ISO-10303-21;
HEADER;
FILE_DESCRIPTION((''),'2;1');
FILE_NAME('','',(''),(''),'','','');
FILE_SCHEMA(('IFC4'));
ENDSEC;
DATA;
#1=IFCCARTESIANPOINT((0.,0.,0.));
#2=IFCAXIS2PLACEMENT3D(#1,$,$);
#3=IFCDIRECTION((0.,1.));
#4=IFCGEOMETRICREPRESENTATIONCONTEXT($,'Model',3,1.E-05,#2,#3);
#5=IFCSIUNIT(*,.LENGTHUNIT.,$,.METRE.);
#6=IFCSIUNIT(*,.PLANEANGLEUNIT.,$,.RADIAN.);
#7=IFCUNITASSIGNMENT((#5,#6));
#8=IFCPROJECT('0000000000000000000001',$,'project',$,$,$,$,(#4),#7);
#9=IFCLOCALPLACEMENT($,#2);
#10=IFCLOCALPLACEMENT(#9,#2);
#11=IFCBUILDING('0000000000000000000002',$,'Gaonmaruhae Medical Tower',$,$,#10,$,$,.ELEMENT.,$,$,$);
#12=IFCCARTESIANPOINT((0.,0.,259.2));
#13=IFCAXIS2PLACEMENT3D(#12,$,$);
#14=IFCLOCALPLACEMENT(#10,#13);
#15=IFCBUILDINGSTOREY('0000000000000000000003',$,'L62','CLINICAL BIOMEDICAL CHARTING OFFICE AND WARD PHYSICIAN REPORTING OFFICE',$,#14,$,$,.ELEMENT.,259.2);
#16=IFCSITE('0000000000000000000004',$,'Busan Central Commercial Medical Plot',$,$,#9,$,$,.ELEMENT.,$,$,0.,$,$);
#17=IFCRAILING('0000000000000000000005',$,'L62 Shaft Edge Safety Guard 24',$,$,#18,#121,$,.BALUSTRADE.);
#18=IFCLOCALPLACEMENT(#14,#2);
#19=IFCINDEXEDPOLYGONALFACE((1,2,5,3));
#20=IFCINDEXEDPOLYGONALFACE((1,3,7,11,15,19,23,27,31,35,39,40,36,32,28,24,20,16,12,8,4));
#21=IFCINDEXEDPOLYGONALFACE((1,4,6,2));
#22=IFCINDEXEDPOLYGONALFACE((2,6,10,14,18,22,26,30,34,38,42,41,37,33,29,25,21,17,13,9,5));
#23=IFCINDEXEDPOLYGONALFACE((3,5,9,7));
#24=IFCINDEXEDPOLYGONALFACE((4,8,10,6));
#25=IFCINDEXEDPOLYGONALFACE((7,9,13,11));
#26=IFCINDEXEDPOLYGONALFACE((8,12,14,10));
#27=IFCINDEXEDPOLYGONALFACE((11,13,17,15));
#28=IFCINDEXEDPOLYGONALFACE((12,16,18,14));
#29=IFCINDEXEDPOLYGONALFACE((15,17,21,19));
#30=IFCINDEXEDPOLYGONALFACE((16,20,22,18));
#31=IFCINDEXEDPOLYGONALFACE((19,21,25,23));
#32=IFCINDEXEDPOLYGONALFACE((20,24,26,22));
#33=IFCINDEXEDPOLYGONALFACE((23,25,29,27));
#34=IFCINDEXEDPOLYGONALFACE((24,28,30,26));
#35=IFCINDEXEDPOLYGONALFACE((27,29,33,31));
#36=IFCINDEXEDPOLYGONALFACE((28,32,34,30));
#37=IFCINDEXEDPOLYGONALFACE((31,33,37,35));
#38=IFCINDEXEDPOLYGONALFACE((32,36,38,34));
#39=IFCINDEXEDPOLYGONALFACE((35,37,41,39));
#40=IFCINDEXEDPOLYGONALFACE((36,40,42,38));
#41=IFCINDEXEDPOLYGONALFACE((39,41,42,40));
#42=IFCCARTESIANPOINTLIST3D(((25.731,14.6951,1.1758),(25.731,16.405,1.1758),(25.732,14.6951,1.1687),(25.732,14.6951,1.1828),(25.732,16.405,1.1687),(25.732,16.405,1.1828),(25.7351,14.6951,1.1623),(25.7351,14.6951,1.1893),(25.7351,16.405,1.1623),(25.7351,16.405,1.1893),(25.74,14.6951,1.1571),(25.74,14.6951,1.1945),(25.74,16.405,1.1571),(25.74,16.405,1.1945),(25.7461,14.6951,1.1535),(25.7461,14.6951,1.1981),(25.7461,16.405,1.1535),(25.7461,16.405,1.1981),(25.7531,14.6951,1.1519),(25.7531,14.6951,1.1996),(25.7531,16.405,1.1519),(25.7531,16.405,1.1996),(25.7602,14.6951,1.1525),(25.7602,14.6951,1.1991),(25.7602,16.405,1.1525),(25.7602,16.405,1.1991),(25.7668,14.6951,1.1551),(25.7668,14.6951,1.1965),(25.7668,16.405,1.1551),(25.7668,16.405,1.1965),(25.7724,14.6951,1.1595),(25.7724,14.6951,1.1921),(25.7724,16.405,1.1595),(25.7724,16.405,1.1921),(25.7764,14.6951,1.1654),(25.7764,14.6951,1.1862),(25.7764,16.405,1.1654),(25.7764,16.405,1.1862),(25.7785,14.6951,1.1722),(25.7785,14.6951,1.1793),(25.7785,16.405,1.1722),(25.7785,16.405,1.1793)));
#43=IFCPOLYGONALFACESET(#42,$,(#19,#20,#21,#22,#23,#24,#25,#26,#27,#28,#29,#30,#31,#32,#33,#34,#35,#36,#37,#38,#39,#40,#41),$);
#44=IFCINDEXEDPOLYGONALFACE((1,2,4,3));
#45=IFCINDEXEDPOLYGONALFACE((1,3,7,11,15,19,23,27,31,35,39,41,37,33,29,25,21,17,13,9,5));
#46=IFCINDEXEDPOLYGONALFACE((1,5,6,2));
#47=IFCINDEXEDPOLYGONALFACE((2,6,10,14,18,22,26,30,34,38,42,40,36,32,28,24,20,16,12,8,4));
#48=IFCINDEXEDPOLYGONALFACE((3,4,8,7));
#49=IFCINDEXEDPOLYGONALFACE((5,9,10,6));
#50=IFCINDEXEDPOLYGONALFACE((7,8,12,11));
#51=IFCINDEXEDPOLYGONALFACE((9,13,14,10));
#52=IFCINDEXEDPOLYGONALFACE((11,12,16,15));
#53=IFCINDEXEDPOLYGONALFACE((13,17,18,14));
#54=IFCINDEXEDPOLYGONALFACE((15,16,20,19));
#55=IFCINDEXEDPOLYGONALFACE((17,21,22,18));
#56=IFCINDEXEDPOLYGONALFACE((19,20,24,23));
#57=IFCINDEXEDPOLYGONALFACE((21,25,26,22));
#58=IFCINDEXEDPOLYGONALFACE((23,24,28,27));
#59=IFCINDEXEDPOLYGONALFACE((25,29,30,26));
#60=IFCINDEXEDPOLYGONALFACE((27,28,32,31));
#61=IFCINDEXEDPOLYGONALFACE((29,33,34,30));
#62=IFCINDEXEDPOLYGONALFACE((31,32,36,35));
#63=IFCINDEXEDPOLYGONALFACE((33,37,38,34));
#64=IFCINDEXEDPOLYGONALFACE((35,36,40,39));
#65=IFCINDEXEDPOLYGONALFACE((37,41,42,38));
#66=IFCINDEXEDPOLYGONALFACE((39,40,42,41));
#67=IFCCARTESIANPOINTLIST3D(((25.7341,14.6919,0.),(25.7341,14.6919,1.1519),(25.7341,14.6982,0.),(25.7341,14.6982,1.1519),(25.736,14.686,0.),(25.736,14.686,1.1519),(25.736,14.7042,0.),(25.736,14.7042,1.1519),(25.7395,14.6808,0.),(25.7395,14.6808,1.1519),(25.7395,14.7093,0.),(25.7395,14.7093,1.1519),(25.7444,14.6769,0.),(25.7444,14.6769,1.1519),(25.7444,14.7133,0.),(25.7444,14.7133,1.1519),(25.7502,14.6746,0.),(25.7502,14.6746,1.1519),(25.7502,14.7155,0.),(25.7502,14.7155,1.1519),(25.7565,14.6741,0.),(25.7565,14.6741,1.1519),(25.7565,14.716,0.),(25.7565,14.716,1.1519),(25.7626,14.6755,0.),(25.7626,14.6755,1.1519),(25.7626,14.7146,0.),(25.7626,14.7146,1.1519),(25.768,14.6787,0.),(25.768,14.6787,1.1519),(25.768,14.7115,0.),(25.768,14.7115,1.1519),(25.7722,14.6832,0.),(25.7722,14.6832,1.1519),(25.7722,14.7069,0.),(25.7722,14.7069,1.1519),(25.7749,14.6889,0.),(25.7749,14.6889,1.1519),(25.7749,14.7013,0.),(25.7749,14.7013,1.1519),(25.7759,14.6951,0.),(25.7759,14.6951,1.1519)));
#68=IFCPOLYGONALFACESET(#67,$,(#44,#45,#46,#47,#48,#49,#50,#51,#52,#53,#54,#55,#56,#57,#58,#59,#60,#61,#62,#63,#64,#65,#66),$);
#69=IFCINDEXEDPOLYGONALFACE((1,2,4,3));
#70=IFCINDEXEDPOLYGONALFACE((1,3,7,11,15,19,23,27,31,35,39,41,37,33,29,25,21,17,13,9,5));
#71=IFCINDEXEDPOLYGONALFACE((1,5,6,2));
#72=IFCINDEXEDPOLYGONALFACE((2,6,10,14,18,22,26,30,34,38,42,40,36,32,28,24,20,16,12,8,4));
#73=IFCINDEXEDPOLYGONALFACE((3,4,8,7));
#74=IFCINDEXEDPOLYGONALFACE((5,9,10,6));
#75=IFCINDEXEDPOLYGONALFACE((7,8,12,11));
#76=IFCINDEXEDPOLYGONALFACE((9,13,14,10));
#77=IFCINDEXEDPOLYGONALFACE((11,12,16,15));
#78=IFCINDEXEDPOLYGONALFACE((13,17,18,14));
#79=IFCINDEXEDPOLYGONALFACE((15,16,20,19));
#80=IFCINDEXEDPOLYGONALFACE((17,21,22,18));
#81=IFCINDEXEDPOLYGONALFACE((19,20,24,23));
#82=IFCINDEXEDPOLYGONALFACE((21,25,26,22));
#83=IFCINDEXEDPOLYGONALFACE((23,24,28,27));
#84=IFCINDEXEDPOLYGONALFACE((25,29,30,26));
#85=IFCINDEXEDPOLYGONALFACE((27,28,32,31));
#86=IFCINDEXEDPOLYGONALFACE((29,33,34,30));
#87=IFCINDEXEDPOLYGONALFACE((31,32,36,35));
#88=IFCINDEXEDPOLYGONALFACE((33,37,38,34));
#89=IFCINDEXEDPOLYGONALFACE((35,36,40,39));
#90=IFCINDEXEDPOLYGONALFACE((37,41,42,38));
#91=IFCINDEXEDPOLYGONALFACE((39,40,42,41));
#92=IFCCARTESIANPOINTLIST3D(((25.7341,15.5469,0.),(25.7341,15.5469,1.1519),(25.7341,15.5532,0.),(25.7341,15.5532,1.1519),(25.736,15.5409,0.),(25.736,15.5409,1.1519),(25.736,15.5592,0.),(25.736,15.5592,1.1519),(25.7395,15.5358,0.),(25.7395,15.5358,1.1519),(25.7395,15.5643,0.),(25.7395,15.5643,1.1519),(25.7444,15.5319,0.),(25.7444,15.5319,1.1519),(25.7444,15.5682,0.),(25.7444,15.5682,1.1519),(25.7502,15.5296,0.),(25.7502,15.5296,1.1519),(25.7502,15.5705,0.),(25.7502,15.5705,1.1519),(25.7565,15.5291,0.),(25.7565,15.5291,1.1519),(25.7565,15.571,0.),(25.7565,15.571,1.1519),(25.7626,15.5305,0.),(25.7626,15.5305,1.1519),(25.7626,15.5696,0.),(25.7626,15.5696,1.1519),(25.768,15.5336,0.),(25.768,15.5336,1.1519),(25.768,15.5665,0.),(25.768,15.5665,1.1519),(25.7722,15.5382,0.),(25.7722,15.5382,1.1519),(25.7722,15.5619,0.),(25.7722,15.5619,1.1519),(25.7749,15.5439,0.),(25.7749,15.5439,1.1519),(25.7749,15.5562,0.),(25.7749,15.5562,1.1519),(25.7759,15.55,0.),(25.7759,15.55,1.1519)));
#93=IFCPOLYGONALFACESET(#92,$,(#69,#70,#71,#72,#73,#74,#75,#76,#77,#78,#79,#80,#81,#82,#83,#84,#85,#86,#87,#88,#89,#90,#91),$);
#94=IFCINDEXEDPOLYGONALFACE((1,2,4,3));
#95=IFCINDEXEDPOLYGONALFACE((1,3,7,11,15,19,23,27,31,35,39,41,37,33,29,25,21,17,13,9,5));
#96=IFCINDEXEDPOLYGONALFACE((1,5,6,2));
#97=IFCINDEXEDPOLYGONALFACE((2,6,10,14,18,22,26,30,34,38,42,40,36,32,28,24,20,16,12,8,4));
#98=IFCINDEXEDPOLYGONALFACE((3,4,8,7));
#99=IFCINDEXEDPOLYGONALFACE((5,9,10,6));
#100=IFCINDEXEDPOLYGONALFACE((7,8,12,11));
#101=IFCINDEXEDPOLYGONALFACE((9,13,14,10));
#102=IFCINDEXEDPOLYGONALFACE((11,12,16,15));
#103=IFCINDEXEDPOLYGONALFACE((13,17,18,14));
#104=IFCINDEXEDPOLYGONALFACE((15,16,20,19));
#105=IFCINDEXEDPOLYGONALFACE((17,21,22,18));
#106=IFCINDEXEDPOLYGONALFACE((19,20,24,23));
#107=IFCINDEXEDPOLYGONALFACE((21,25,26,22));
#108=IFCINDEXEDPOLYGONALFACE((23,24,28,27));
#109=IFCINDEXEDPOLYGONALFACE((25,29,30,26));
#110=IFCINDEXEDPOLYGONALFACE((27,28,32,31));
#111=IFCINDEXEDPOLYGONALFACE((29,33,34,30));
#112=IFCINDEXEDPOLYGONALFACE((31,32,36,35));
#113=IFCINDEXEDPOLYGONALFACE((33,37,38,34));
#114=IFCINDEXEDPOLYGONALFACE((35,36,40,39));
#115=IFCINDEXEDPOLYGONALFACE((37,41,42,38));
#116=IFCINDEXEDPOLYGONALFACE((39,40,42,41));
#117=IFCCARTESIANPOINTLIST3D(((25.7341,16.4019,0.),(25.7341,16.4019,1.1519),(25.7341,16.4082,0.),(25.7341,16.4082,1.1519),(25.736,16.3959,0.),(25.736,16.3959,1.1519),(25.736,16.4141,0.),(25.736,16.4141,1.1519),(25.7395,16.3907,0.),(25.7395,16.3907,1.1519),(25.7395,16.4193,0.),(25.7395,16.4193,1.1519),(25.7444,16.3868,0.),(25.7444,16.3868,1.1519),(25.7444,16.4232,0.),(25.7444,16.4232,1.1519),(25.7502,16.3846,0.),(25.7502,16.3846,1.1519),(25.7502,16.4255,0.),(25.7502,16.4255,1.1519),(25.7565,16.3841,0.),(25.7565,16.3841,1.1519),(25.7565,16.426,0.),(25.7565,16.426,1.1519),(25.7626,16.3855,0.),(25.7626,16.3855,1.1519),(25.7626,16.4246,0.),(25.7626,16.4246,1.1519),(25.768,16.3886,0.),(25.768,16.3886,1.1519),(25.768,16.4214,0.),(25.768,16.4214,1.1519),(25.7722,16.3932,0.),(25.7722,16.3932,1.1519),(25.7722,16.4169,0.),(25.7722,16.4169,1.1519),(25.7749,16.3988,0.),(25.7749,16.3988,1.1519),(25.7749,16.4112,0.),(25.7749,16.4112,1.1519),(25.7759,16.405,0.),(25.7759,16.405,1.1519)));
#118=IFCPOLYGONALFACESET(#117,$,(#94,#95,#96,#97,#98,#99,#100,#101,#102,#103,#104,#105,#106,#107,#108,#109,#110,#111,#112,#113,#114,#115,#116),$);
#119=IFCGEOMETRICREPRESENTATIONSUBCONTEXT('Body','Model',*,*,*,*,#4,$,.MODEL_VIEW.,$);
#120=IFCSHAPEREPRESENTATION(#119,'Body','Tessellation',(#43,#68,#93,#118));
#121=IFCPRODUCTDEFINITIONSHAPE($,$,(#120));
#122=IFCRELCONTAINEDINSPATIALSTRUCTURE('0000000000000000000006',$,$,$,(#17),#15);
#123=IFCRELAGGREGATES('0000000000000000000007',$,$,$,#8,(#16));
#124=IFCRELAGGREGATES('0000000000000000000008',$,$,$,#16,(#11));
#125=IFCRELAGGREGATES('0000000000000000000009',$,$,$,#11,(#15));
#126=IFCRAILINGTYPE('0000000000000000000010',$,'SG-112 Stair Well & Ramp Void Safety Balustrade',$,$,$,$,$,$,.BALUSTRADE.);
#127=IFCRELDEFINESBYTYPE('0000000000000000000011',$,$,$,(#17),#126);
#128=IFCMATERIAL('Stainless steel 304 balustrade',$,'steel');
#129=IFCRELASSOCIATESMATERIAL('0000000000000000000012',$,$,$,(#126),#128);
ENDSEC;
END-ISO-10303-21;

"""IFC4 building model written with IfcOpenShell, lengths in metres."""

from ifc_helpers import new_model, si_unit, direction, frame, origin, origin_2d, place, context, subcontext, project, spatial, circle, extrude, material, type_object, element, save


model = new_model("IFC4")

# Units and contexts
model_context = context("Model", 3, precision=1e-05, world=origin(), true_north=direction((0.0, 1.0)))
body_context = subcontext(model_context, "Body", "Model", "MODEL_VIEW")
ifc_project = project(units=[si_unit("LENGTHUNIT", "METRE"), si_unit("PLANEANGLEUNIT", "RADIAN")], contexts=[model_context])

# Site, building, storey
site_placement = place(None, origin())
site = spatial("IfcSite", under=ifc_project, at=site_placement, Name="Busan Central Commercial Medical Plot", CompositionType="ELEMENT", RefElevation=0.0)
building_placement = place(site_placement, origin())
building = spatial("IfcBuilding", under=site, at=building_placement, Name="Gaonmaruhae Medical Tower", CompositionType="ELEMENT")
storey_placement = place(building_placement, frame((0.0, 0.0, 259.2)))
storey = spatial("IfcBuildingStorey", under=building, at=storey_placement, Name="L62", Description="CLINICAL BIOMEDICAL CHARTING OFFICE AND WARD PHYSICIAN REPORTING OFFICE", CompositionType="ELEMENT", Elevation=259.2)

# Railing
ifc_material_1 = material(Name="Stainless steel 304 balustrade", Category="steel")
railing_type = type_object("IfcRailingType", Name="SG-112 Stair Well & Ramp Void Safety Balustrade", PredefinedType="BALUSTRADE", material=ifc_material_1)
railing_1_placement = place(storey_placement, frame((25.7549, 14.6951, 0.0)))
element("IfcRailing", 1, at=railing_1_placement, inside=storey, type_object=railing_type, Name="L62 Shaft Edge Safety Guard 24", PredefinedType="BALUSTRADE", context=body_context, shape_type="SweptSolid", body=[
    extrude(circle(Radius=0.0239, at=origin_2d()), frame((0.0, 0.0, 1.1758), z_axis=(0.0, 1.0, 0.0), x_axis=(-1.0, 0.0, 0.0)), (0.0, 0.0, 1.0), 1.71),
    extrude(circle(Radius=0.021, at=origin_2d()), origin(), (0.0, 0.0, 1.0), 1.1519),
    extrude(circle(Radius=0.021, at=origin_2d()), frame((0.0, 0.855, 0.0)), (0.0, 0.0, 1.0), 1.1519),
    extrude(circle(Radius=0.021, at=origin_2d()), frame((0.0, 1.71, 0.0)), (0.0, 0.0, 1.0), 1.1519),
])

save(model, "model.ifc")
